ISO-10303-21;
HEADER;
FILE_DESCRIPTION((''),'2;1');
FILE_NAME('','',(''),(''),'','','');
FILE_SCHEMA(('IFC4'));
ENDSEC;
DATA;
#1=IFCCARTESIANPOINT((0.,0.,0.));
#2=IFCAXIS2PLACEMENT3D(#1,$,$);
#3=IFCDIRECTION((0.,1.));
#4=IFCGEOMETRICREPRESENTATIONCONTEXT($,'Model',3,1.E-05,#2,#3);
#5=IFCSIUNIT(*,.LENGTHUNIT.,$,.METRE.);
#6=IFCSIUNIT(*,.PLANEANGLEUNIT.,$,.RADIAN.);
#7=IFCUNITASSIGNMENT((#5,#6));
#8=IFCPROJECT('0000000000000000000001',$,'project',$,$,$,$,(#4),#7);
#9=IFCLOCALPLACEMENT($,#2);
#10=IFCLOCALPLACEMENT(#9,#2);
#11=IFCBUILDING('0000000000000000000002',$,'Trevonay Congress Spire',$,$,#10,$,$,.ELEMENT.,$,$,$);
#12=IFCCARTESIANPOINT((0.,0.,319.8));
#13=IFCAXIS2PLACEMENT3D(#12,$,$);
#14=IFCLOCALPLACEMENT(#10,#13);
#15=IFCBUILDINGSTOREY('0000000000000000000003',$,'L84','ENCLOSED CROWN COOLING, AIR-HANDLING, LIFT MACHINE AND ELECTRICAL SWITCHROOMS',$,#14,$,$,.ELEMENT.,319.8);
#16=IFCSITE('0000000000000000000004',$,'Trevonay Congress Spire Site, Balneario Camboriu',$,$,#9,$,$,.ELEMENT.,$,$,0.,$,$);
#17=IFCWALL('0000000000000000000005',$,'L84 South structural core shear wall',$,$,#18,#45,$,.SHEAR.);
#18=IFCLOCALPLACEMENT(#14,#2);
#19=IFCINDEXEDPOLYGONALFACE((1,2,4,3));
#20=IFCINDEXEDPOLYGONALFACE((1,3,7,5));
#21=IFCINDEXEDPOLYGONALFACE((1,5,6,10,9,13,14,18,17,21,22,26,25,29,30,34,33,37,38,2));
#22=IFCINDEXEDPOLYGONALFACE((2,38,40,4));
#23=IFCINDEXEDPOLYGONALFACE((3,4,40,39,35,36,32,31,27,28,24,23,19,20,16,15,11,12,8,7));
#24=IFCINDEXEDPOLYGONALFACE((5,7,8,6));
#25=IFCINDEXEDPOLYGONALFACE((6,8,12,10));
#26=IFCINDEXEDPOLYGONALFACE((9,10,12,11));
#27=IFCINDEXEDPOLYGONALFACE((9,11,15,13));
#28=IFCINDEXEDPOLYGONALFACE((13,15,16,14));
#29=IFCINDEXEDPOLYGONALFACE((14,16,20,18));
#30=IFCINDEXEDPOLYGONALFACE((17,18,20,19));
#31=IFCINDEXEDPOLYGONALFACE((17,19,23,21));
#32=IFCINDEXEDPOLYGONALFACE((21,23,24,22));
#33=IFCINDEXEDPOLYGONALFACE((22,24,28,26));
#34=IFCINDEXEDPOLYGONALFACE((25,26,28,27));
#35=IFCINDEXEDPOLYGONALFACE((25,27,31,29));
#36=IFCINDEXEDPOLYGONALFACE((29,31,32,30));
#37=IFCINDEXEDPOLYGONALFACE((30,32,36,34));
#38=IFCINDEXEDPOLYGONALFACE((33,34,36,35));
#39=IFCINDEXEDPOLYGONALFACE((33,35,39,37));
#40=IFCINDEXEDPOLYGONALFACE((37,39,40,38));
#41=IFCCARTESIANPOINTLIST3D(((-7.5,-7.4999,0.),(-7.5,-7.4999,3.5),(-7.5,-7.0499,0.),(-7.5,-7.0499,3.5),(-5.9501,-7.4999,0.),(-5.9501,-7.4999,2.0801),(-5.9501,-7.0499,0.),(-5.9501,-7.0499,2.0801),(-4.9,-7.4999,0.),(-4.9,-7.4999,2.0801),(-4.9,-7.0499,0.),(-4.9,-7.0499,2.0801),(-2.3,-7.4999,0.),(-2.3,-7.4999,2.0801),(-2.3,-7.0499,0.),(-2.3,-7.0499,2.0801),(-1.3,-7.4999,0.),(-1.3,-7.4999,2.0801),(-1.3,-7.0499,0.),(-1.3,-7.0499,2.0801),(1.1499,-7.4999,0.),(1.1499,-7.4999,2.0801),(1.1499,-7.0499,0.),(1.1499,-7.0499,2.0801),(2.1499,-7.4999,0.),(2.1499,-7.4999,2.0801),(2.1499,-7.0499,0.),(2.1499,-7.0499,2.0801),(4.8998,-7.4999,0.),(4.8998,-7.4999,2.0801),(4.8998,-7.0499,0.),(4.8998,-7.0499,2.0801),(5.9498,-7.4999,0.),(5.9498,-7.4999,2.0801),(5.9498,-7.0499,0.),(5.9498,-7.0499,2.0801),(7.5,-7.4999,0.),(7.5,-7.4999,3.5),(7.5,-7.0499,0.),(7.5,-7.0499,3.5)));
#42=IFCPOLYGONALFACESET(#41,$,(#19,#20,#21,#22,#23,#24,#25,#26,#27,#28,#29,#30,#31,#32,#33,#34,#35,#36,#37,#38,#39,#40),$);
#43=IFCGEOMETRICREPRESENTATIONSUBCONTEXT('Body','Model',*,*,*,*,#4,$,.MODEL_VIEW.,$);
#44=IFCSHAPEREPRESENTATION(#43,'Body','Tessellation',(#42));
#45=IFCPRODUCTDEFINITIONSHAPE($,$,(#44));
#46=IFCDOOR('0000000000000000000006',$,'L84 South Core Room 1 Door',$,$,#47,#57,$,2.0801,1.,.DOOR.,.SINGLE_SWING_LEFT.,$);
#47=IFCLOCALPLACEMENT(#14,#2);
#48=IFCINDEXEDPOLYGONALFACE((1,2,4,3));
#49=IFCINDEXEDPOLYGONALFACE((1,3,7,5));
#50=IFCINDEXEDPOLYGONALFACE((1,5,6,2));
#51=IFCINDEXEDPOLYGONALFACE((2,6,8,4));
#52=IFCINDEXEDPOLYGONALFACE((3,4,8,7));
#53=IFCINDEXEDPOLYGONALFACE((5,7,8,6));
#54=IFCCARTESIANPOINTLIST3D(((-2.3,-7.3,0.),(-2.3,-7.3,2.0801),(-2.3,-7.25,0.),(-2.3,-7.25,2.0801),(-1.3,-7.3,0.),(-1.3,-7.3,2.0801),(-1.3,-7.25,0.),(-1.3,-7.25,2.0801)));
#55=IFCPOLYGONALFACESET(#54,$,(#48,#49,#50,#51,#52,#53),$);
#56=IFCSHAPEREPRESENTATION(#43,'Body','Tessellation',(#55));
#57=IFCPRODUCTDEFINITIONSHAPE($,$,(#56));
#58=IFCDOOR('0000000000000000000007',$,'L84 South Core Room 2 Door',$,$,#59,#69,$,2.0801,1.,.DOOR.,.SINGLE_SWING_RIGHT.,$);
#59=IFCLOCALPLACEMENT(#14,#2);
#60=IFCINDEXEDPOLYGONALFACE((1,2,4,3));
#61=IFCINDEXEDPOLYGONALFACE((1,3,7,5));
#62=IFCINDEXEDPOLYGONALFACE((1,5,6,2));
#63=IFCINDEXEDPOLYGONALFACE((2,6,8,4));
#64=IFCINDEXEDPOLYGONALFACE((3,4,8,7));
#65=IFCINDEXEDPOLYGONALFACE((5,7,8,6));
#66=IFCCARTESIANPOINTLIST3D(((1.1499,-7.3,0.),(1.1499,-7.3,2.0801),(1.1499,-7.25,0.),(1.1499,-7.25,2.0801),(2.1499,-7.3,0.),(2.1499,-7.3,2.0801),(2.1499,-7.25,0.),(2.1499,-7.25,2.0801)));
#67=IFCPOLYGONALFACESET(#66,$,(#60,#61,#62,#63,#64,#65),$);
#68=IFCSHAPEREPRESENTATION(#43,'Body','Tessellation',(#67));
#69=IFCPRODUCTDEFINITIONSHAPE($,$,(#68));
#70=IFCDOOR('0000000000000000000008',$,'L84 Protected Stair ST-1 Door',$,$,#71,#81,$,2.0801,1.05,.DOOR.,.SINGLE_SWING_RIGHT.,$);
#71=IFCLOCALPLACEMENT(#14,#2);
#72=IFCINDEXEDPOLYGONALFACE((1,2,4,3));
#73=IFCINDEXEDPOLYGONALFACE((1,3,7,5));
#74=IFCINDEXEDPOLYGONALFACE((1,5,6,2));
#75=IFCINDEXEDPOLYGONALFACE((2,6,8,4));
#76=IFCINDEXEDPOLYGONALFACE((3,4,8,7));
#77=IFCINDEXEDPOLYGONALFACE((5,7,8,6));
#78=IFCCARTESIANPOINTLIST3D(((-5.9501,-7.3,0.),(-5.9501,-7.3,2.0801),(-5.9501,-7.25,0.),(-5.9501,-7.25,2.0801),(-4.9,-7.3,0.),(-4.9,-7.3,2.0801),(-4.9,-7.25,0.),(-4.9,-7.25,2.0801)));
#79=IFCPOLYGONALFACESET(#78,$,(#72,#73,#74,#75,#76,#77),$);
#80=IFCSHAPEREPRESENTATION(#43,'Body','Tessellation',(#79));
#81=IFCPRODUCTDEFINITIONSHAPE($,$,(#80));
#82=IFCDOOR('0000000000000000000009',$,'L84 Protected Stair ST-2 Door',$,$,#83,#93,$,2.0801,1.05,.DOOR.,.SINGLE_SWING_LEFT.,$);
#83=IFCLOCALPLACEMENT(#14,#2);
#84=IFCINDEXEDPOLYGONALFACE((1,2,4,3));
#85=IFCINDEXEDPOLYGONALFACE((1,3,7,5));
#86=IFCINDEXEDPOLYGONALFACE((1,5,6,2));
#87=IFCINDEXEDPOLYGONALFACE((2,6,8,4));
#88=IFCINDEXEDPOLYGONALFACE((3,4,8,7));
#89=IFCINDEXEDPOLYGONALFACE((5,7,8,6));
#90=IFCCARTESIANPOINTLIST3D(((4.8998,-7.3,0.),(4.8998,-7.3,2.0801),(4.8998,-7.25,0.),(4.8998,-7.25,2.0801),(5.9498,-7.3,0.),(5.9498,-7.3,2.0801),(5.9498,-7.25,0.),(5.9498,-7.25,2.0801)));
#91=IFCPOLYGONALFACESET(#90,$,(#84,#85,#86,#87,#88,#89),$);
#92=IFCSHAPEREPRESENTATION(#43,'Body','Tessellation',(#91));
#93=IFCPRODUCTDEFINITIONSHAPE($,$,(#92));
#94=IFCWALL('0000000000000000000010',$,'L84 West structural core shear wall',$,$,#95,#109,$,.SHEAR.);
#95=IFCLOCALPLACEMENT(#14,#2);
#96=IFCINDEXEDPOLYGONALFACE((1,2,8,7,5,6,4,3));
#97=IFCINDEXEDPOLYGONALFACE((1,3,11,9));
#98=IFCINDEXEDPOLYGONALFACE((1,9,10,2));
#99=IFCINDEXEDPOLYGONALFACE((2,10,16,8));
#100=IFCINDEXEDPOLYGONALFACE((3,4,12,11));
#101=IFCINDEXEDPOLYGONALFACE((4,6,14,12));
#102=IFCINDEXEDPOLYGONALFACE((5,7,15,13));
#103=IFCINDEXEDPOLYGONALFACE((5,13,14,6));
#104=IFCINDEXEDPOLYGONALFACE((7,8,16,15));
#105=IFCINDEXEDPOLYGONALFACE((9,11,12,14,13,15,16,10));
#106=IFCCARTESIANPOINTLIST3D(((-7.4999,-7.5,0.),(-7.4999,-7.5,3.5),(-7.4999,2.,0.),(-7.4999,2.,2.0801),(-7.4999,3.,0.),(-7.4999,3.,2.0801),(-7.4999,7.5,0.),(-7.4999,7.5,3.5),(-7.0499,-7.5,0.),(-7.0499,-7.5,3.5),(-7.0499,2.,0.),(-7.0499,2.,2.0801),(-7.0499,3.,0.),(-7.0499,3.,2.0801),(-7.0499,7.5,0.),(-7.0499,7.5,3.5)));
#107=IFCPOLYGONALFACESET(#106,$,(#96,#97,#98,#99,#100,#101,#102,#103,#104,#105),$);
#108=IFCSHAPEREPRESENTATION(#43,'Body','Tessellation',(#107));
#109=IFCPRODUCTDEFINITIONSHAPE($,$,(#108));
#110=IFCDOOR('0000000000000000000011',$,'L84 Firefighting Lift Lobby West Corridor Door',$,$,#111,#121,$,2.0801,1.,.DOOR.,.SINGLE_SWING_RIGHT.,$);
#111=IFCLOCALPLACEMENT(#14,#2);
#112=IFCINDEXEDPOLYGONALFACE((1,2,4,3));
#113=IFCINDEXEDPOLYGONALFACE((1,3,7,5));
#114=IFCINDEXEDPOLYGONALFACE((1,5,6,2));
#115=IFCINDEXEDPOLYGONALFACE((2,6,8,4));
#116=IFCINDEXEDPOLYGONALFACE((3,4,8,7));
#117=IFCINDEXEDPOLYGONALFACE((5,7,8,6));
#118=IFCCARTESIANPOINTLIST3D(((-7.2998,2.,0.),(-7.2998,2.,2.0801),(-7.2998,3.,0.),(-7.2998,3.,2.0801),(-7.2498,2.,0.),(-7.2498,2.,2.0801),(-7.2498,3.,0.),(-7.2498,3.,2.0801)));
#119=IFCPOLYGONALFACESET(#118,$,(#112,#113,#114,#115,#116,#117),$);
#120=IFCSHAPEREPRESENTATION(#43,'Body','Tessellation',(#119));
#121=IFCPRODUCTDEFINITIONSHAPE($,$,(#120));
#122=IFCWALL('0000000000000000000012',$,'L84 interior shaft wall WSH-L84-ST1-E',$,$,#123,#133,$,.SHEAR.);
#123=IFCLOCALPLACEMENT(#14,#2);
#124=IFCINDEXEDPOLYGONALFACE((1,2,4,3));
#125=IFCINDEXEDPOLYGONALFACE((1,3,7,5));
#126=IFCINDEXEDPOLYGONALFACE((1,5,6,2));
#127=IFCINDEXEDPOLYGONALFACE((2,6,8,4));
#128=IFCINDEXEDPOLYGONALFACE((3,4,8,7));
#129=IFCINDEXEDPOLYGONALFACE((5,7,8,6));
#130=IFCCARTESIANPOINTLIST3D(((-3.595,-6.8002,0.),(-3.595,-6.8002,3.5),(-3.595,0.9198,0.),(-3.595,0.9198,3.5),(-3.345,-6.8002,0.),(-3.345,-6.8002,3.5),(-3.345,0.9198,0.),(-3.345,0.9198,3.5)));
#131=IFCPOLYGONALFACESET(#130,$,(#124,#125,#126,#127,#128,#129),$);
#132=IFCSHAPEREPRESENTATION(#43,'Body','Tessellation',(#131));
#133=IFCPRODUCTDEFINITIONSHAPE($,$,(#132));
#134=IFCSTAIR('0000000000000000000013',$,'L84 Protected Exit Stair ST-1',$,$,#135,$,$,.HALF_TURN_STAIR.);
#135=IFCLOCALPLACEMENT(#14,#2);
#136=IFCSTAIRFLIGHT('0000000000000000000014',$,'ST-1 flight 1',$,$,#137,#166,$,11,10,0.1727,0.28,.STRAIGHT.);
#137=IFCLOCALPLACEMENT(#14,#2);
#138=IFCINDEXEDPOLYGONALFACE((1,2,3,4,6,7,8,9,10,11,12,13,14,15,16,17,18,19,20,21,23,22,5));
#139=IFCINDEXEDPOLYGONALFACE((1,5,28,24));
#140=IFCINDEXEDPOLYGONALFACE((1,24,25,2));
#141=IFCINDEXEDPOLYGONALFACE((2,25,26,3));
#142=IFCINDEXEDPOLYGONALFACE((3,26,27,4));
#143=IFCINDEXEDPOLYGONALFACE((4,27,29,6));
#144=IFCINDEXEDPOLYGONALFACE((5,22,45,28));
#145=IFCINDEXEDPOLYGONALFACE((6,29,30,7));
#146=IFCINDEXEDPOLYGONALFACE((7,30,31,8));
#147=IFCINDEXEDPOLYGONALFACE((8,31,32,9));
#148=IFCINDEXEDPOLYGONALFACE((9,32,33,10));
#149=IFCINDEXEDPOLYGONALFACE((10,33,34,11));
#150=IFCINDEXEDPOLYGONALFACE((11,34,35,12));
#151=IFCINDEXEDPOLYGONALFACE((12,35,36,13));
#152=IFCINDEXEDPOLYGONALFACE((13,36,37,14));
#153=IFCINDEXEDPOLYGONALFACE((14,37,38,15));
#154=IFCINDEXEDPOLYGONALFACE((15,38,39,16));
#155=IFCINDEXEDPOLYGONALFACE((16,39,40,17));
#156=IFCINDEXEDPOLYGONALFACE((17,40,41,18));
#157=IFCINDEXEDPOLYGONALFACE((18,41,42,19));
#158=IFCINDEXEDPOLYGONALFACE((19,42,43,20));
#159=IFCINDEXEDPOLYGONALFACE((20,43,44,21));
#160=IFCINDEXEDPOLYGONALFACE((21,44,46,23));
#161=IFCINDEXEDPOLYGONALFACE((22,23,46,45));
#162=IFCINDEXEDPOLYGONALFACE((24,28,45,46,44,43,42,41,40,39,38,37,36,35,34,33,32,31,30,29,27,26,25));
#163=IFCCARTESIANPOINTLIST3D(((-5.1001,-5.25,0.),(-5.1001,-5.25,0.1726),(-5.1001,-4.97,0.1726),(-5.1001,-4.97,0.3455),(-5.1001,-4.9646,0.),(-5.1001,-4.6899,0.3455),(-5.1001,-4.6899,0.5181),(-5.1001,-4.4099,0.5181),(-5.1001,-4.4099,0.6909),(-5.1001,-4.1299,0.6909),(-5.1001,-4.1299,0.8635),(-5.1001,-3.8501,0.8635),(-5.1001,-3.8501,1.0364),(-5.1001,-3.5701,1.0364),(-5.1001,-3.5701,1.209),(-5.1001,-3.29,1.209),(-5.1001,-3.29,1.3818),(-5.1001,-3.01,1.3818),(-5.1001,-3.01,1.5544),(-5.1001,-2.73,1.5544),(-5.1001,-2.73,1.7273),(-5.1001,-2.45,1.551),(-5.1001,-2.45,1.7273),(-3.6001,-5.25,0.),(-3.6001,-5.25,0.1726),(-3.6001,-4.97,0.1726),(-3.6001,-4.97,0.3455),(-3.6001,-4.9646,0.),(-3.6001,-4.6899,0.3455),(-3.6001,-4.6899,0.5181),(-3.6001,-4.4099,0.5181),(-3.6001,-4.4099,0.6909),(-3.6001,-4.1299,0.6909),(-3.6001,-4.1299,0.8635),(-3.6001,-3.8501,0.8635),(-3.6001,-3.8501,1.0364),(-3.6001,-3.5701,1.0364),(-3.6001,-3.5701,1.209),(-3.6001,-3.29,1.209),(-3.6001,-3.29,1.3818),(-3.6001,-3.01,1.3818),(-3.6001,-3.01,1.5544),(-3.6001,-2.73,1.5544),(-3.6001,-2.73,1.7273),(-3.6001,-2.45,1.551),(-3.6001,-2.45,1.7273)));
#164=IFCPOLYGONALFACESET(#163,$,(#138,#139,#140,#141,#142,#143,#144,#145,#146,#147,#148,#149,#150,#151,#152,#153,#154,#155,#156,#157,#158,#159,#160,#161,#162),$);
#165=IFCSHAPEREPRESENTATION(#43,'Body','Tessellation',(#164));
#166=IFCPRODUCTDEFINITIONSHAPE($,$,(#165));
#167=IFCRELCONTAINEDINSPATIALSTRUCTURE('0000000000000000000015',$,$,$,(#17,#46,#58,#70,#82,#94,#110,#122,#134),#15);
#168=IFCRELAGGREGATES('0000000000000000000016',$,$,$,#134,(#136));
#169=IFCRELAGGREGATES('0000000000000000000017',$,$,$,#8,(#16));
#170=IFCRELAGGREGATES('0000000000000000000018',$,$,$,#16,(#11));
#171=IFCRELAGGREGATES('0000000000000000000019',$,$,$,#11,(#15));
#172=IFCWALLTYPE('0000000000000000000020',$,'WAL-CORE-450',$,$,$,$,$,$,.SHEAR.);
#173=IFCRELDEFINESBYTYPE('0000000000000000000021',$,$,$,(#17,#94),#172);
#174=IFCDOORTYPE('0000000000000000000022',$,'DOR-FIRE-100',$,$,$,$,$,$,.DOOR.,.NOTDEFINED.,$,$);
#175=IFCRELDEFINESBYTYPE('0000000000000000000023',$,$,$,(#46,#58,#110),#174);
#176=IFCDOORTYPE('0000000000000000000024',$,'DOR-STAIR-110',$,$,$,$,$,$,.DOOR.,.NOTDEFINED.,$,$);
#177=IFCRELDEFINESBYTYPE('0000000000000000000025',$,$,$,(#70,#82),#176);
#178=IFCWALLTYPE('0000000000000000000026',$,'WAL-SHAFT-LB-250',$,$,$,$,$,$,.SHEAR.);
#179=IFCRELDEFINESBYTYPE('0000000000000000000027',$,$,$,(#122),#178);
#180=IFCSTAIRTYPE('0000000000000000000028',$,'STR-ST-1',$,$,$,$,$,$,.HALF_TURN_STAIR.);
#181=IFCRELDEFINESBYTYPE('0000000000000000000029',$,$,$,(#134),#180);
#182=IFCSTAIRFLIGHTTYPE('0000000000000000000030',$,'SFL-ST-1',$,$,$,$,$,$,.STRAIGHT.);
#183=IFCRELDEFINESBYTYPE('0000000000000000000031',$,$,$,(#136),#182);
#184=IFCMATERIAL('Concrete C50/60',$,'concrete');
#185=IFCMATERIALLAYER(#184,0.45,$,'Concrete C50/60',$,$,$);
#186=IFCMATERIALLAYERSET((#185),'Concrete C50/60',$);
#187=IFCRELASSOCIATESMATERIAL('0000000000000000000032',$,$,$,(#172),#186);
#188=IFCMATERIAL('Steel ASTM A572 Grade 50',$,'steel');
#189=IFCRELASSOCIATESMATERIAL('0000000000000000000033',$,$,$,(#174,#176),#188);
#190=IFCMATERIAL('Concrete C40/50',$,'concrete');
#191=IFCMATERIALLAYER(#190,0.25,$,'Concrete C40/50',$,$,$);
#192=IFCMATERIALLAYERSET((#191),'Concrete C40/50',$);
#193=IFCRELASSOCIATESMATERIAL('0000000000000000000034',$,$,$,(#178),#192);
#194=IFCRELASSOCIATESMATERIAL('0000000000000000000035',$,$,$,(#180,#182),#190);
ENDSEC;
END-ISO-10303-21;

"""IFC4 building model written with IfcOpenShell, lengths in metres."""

from ifc_helpers import new_model, si_unit, direction, frame, frame_2d, origin, place, context, subcontext, project, spatial, polyline, rectangle, outline, extrude, material, layer, layer_set, type_object, element, fill, aggregate, save


model = new_model("IFC4")

# Units and contexts
model_context = context("Model", 3, precision=1e-05, world=origin(), true_north=direction((0.0, 1.0)))
body_context = subcontext(model_context, "Body", "Model", "MODEL_VIEW")
ifc_project = project(units=[si_unit("LENGTHUNIT", "METRE"), si_unit("PLANEANGLEUNIT", "RADIAN")], contexts=[model_context])

# Site, building, storey
site_placement = place(None, origin())
site = spatial("IfcSite", under=ifc_project, at=site_placement, Name="Trevonay Congress Spire Site, Balneario Camboriu", CompositionType="ELEMENT", RefElevation=0.0)
building_placement = place(site_placement, origin())
building = spatial("IfcBuilding", under=site, at=building_placement, Name="Trevonay Congress Spire", CompositionType="ELEMENT")
storey_placement = place(building_placement, frame((0.0, 0.0, 319.8)))
storey = spatial("IfcBuildingStorey", under=building, at=storey_placement, Name="L84", Description="ENCLOSED CROWN COOLING, AIR-HANDLING, LIFT MACHINE AND ELECTRICAL SWITCHROOMS", CompositionType="ELEMENT", Elevation=319.8)

# Shared definitions
ifc_material_1 = material(Name="Steel ASTM A572 Grade 50", Category="steel")

# Wall, openings, doors
ifc_material_2 = material(Name="Concrete C50/60", Category="concrete")
ifc_layer_1 = layer(ifc_material_2, 0.45, Name="Concrete C50/60")
ifc_layer_set_1 = layer_set([ifc_layer_1], Name="Concrete C50/60")
wall_type_1 = type_object("IfcWallType", Name="WAL-CORE-450", PredefinedType="SHEAR", material=ifc_layer_set_1)
wall_1_placement = place(storey_placement, frame((-7.5, -7.2749, 0.0), z_axis=(0.0, 0.0, 1.0), x_axis=(1.0, 0.0, 0.0)))
wall_1 = element("IfcWall", 1, at=wall_1_placement, inside=storey, type_object=wall_type_1, Name="L84 South structural core shear wall", PredefinedType="SHEAR", context=body_context, shape_type="SweptSolid", body=[
    extrude(rectangle(XDim=15.0, YDim=0.45, at=frame_2d((7.5, 0.0))), origin(), (0.0, 0.0, 1.0), 3.5),
])
opening_1_placement = place(wall_1_placement, frame((1.55, 0.0, 0.0)))
opening_1 = element("IfcOpeningElement", 2, at=opening_1_placement, cuts=wall_1, PredefinedType="OPENING", context=body_context, shape_type="SweptSolid", body=[
    extrude(rectangle(XDim=1.05, YDim=2.0801, at=frame_2d((0.5249, 1.04))), frame((0.0, 0.2349, 0.0), z_axis=(0.0, -1.0, 0.0), x_axis=(1.0, 0.0, 0.0)), (0.0, 0.0, 1.0), 0.47),
])
opening_2_placement = place(wall_1_placement, frame((12.3999, 0.0, 0.0)))
opening_2 = element("IfcOpeningElement", 3, at=opening_2_placement, cuts=wall_1, PredefinedType="OPENING", context=body_context, shape_type="SweptSolid", body=[
    extrude(rectangle(XDim=1.05, YDim=2.0801, at=frame_2d((0.5249, 1.04))), frame((0.0, 0.2349, 0.0), z_axis=(0.0, -1.0, 0.0), x_axis=(1.0, 0.0, 0.0)), (0.0, 0.0, 1.0), 0.47),
])
opening_3_placement = place(wall_1_placement, frame((5.2, 0.0, 0.0)))
opening_3 = element("IfcOpeningElement", 4, at=opening_3_placement, cuts=wall_1, PredefinedType="OPENING", context=body_context, shape_type="SweptSolid", body=[
    extrude(rectangle(XDim=1.0, YDim=2.0801, at=frame_2d((0.5, 1.04))), frame((0.0, 0.2349, 0.0), z_axis=(0.0, -1.0, 0.0), x_axis=(1.0, 0.0, 0.0)), (0.0, 0.0, 1.0), 0.47),
])
opening_4_placement = place(wall_1_placement, frame((8.6499, 0.0, 0.0)))
opening_4 = element("IfcOpeningElement", 5, at=opening_4_placement, cuts=wall_1, PredefinedType="OPENING", context=body_context, shape_type="SweptSolid", body=[
    extrude(rectangle(XDim=1.0, YDim=2.0801, at=frame_2d((0.5, 1.04))), frame((0.0, 0.2349, 0.0), z_axis=(0.0, -1.0, 0.0), x_axis=(1.0, 0.0, 0.0)), (0.0, 0.0, 1.0), 0.47),
])
door_type_1 = type_object("IfcDoorType", Name="DOR-FIRE-100", OperationType="NOTDEFINED", PredefinedType="DOOR", material=ifc_material_1)
door_1_placement = place(opening_3_placement, origin())
door_1 = element("IfcDoor", 6, at=door_1_placement, inside=storey, type_object=door_type_1, Name="L84 South Core Room 1 Door", OperationType="SINGLE_SWING_LEFT", OverallHeight=2.0801, OverallWidth=1.0, PredefinedType="DOOR", context=body_context, shape_type="SweptSolid", body=[
    extrude(rectangle(XDim=1.0, YDim=2.0801, at=frame_2d((0.5, 1.04))), frame((0.0, 0.0249, 0.0), z_axis=(0.0, -1.0, 0.0), x_axis=(1.0, 0.0, 0.0)), (0.0, 0.0, 1.0), 0.05),
])
fill(opening_3, door_1)
door_2_placement = place(opening_4_placement, origin())
door_2 = element("IfcDoor", 7, at=door_2_placement, inside=storey, type_object=door_type_1, Name="L84 South Core Room 2 Door", OperationType="SINGLE_SWING_RIGHT", OverallHeight=2.0801, OverallWidth=1.0, PredefinedType="DOOR", context=body_context, shape_type="SweptSolid", body=[
    extrude(rectangle(XDim=1.0, YDim=2.0801, at=frame_2d((0.5, 1.04))), frame((0.0, 0.0249, 0.0), z_axis=(0.0, -1.0, 0.0), x_axis=(1.0, 0.0, 0.0)), (0.0, 0.0, 1.0), 0.05),
])
fill(opening_4, door_2)
door_type_2 = type_object("IfcDoorType", Name="DOR-STAIR-110", OperationType="NOTDEFINED", PredefinedType="DOOR", material=ifc_material_1)
door_3_placement = place(opening_1_placement, origin())
door_3 = element("IfcDoor", 8, at=door_3_placement, inside=storey, type_object=door_type_2, Name="L84 Protected Stair ST-1 Door", OperationType="SINGLE_SWING_RIGHT", OverallHeight=2.0801, OverallWidth=1.05, PredefinedType="DOOR", context=body_context, shape_type="SweptSolid", body=[
    extrude(rectangle(XDim=1.05, YDim=2.0801, at=frame_2d((0.5249, 1.04))), frame((0.0, 0.0249, 0.0), z_axis=(0.0, -1.0, 0.0), x_axis=(1.0, 0.0, 0.0)), (0.0, 0.0, 1.0), 0.05),
])
fill(opening_1, door_3)
door_4_placement = place(opening_2_placement, origin())
door_4 = element("IfcDoor", 9, at=door_4_placement, inside=storey, type_object=door_type_2, Name="L84 Protected Stair ST-2 Door", OperationType="SINGLE_SWING_LEFT", OverallHeight=2.0801, OverallWidth=1.05, PredefinedType="DOOR", context=body_context, shape_type="SweptSolid", body=[
    extrude(rectangle(XDim=1.05, YDim=2.0801, at=frame_2d((0.5249, 1.04))), frame((0.0, 0.0249, 0.0), z_axis=(0.0, -1.0, 0.0), x_axis=(1.0, 0.0, 0.0)), (0.0, 0.0, 1.0), 0.05),
])
fill(opening_2, door_4)

# Wall, opening, door
wall_2_placement = place(storey_placement, frame((-7.2749, -7.5, 0.0), z_axis=(0.0, 0.0, 1.0), x_axis=(0.0, 1.0, 0.0)))
wall_2 = element("IfcWall", 10, at=wall_2_placement, inside=storey, type_object=wall_type_1, Name="L84 West structural core shear wall", PredefinedType="SHEAR", context=body_context, shape_type="SweptSolid", body=[
    extrude(rectangle(XDim=15.0, YDim=0.45, at=frame_2d((7.5, 0.0))), origin(), (0.0, 0.0, 1.0), 3.5),
])
opening_5_placement = place(wall_2_placement, frame((9.5, 0.0, 0.0)))
opening_5 = element("IfcOpeningElement", 11, at=opening_5_placement, cuts=wall_2, PredefinedType="OPENING", context=body_context, shape_type="SweptSolid", body=[
    extrude(rectangle(XDim=1.0, YDim=2.0801, at=frame_2d((0.5, 1.04))), frame((0.0, 0.2349, 0.0), z_axis=(0.0, -1.0, 0.0), x_axis=(1.0, 0.0, 0.0)), (0.0, 0.0, 1.0), 0.47),
])
door_5_placement = place(opening_5_placement, origin())
door_5 = element("IfcDoor", 12, at=door_5_placement, inside=storey, type_object=door_type_1, Name="L84 Firefighting Lift Lobby West Corridor Door", OperationType="SINGLE_SWING_RIGHT", OverallHeight=2.0801, OverallWidth=1.0, PredefinedType="DOOR", context=body_context, shape_type="SweptSolid", body=[
    extrude(rectangle(XDim=1.0, YDim=2.0801, at=frame_2d((0.5, 1.04))), frame((0.0, 0.0249, 0.0), z_axis=(0.0, -1.0, 0.0), x_axis=(1.0, 0.0, 0.0)), (0.0, 0.0, 1.0), 0.05),
])
fill(opening_5, door_5)

# Wall
ifc_material_3 = material(Name="Concrete C40/50", Category="concrete")
ifc_layer_2 = layer(ifc_material_3, 0.25, Name="Concrete C40/50")
ifc_layer_set_2 = layer_set([ifc_layer_2], Name="Concrete C40/50")
wall_type_2 = type_object("IfcWallType", Name="WAL-SHAFT-LB-250", PredefinedType="SHEAR", material=ifc_layer_set_2)
wall_3_placement = place(storey_placement, frame((-3.47, -6.8, 0.0), z_axis=(0.0, 0.0, 1.0), x_axis=(0.0, 1.0, 0.0)))
element("IfcWall", 13, at=wall_3_placement, inside=storey, type_object=wall_type_2, Name="L84 interior shaft wall WSH-L84-ST1-E", PredefinedType="SHEAR", context=body_context, shape_type="SweptSolid", body=[
    extrude(rectangle(XDim=7.72, YDim=0.25, at=frame_2d((3.8599, 0.0))), origin(), (0.0, 0.0, 1.0), 3.5),
])

# Stair, stair flight
stair_type = type_object("IfcStairType", Name="STR-ST-1", PredefinedType="HALF_TURN_STAIR", material=ifc_material_3)
stair_placement = place(storey_placement, origin())
stair = element("IfcStair", 14, at=stair_placement, inside=storey, type_object=stair_type, Name="L84 Protected Exit Stair ST-1", PredefinedType="HALF_TURN_STAIR")
stair_flight_type = type_object("IfcStairFlightType", Name="SFL-ST-1", PredefinedType="STRAIGHT", material=ifc_material_3)
stair_flight_1_placement = place(storey_placement, frame((-4.3501, -5.25, 0.0), z_axis=(0.0, 0.0, 1.0), x_axis=(0.0, 1.0, 0.0)))
stair_flight_1 = element("IfcStairFlight", 15, at=stair_flight_1_placement, type_object=stair_flight_type, Name="ST-1 flight 1", NumberOfRisers=11, NumberOfTreads=10, PredefinedType="STRAIGHT", RiserHeight=0.1727, TreadLength=0.28, context=body_context, shape_type="SweptSolid", body=[
    extrude(outline(polyline([(0.0, 0.0), (0.0, 0.1726), (0.28, 0.1726), (0.28, 0.3455), (0.5601, 0.3455), (0.5601, 0.5181), (0.8401, 0.5181), (0.8401, 0.6909), (1.1201, 0.6909), (1.1201, 0.8635), (1.3999, 0.8635), (1.3999, 1.0364), (1.6799, 1.0364), (1.6799, 1.209), (1.96, 1.209), (1.96, 1.3818), (2.24, 1.3818), (2.24, 1.5544), (2.52, 1.5544), (2.52, 1.7273), (2.8, 1.7273), (2.8, 1.8999), (2.8, 1.551), (0.2854, 0.0), (0.0, 0.0)])), frame((0.0, 0.75, 0.0), z_axis=(0.0, -1.0, 0.0), x_axis=(1.0, 0.0, 0.0)), (0.0, 0.0, 1.0), 1.5),
])
aggregate(stair, [stair_flight_1])

save(model, "model.ifc")
